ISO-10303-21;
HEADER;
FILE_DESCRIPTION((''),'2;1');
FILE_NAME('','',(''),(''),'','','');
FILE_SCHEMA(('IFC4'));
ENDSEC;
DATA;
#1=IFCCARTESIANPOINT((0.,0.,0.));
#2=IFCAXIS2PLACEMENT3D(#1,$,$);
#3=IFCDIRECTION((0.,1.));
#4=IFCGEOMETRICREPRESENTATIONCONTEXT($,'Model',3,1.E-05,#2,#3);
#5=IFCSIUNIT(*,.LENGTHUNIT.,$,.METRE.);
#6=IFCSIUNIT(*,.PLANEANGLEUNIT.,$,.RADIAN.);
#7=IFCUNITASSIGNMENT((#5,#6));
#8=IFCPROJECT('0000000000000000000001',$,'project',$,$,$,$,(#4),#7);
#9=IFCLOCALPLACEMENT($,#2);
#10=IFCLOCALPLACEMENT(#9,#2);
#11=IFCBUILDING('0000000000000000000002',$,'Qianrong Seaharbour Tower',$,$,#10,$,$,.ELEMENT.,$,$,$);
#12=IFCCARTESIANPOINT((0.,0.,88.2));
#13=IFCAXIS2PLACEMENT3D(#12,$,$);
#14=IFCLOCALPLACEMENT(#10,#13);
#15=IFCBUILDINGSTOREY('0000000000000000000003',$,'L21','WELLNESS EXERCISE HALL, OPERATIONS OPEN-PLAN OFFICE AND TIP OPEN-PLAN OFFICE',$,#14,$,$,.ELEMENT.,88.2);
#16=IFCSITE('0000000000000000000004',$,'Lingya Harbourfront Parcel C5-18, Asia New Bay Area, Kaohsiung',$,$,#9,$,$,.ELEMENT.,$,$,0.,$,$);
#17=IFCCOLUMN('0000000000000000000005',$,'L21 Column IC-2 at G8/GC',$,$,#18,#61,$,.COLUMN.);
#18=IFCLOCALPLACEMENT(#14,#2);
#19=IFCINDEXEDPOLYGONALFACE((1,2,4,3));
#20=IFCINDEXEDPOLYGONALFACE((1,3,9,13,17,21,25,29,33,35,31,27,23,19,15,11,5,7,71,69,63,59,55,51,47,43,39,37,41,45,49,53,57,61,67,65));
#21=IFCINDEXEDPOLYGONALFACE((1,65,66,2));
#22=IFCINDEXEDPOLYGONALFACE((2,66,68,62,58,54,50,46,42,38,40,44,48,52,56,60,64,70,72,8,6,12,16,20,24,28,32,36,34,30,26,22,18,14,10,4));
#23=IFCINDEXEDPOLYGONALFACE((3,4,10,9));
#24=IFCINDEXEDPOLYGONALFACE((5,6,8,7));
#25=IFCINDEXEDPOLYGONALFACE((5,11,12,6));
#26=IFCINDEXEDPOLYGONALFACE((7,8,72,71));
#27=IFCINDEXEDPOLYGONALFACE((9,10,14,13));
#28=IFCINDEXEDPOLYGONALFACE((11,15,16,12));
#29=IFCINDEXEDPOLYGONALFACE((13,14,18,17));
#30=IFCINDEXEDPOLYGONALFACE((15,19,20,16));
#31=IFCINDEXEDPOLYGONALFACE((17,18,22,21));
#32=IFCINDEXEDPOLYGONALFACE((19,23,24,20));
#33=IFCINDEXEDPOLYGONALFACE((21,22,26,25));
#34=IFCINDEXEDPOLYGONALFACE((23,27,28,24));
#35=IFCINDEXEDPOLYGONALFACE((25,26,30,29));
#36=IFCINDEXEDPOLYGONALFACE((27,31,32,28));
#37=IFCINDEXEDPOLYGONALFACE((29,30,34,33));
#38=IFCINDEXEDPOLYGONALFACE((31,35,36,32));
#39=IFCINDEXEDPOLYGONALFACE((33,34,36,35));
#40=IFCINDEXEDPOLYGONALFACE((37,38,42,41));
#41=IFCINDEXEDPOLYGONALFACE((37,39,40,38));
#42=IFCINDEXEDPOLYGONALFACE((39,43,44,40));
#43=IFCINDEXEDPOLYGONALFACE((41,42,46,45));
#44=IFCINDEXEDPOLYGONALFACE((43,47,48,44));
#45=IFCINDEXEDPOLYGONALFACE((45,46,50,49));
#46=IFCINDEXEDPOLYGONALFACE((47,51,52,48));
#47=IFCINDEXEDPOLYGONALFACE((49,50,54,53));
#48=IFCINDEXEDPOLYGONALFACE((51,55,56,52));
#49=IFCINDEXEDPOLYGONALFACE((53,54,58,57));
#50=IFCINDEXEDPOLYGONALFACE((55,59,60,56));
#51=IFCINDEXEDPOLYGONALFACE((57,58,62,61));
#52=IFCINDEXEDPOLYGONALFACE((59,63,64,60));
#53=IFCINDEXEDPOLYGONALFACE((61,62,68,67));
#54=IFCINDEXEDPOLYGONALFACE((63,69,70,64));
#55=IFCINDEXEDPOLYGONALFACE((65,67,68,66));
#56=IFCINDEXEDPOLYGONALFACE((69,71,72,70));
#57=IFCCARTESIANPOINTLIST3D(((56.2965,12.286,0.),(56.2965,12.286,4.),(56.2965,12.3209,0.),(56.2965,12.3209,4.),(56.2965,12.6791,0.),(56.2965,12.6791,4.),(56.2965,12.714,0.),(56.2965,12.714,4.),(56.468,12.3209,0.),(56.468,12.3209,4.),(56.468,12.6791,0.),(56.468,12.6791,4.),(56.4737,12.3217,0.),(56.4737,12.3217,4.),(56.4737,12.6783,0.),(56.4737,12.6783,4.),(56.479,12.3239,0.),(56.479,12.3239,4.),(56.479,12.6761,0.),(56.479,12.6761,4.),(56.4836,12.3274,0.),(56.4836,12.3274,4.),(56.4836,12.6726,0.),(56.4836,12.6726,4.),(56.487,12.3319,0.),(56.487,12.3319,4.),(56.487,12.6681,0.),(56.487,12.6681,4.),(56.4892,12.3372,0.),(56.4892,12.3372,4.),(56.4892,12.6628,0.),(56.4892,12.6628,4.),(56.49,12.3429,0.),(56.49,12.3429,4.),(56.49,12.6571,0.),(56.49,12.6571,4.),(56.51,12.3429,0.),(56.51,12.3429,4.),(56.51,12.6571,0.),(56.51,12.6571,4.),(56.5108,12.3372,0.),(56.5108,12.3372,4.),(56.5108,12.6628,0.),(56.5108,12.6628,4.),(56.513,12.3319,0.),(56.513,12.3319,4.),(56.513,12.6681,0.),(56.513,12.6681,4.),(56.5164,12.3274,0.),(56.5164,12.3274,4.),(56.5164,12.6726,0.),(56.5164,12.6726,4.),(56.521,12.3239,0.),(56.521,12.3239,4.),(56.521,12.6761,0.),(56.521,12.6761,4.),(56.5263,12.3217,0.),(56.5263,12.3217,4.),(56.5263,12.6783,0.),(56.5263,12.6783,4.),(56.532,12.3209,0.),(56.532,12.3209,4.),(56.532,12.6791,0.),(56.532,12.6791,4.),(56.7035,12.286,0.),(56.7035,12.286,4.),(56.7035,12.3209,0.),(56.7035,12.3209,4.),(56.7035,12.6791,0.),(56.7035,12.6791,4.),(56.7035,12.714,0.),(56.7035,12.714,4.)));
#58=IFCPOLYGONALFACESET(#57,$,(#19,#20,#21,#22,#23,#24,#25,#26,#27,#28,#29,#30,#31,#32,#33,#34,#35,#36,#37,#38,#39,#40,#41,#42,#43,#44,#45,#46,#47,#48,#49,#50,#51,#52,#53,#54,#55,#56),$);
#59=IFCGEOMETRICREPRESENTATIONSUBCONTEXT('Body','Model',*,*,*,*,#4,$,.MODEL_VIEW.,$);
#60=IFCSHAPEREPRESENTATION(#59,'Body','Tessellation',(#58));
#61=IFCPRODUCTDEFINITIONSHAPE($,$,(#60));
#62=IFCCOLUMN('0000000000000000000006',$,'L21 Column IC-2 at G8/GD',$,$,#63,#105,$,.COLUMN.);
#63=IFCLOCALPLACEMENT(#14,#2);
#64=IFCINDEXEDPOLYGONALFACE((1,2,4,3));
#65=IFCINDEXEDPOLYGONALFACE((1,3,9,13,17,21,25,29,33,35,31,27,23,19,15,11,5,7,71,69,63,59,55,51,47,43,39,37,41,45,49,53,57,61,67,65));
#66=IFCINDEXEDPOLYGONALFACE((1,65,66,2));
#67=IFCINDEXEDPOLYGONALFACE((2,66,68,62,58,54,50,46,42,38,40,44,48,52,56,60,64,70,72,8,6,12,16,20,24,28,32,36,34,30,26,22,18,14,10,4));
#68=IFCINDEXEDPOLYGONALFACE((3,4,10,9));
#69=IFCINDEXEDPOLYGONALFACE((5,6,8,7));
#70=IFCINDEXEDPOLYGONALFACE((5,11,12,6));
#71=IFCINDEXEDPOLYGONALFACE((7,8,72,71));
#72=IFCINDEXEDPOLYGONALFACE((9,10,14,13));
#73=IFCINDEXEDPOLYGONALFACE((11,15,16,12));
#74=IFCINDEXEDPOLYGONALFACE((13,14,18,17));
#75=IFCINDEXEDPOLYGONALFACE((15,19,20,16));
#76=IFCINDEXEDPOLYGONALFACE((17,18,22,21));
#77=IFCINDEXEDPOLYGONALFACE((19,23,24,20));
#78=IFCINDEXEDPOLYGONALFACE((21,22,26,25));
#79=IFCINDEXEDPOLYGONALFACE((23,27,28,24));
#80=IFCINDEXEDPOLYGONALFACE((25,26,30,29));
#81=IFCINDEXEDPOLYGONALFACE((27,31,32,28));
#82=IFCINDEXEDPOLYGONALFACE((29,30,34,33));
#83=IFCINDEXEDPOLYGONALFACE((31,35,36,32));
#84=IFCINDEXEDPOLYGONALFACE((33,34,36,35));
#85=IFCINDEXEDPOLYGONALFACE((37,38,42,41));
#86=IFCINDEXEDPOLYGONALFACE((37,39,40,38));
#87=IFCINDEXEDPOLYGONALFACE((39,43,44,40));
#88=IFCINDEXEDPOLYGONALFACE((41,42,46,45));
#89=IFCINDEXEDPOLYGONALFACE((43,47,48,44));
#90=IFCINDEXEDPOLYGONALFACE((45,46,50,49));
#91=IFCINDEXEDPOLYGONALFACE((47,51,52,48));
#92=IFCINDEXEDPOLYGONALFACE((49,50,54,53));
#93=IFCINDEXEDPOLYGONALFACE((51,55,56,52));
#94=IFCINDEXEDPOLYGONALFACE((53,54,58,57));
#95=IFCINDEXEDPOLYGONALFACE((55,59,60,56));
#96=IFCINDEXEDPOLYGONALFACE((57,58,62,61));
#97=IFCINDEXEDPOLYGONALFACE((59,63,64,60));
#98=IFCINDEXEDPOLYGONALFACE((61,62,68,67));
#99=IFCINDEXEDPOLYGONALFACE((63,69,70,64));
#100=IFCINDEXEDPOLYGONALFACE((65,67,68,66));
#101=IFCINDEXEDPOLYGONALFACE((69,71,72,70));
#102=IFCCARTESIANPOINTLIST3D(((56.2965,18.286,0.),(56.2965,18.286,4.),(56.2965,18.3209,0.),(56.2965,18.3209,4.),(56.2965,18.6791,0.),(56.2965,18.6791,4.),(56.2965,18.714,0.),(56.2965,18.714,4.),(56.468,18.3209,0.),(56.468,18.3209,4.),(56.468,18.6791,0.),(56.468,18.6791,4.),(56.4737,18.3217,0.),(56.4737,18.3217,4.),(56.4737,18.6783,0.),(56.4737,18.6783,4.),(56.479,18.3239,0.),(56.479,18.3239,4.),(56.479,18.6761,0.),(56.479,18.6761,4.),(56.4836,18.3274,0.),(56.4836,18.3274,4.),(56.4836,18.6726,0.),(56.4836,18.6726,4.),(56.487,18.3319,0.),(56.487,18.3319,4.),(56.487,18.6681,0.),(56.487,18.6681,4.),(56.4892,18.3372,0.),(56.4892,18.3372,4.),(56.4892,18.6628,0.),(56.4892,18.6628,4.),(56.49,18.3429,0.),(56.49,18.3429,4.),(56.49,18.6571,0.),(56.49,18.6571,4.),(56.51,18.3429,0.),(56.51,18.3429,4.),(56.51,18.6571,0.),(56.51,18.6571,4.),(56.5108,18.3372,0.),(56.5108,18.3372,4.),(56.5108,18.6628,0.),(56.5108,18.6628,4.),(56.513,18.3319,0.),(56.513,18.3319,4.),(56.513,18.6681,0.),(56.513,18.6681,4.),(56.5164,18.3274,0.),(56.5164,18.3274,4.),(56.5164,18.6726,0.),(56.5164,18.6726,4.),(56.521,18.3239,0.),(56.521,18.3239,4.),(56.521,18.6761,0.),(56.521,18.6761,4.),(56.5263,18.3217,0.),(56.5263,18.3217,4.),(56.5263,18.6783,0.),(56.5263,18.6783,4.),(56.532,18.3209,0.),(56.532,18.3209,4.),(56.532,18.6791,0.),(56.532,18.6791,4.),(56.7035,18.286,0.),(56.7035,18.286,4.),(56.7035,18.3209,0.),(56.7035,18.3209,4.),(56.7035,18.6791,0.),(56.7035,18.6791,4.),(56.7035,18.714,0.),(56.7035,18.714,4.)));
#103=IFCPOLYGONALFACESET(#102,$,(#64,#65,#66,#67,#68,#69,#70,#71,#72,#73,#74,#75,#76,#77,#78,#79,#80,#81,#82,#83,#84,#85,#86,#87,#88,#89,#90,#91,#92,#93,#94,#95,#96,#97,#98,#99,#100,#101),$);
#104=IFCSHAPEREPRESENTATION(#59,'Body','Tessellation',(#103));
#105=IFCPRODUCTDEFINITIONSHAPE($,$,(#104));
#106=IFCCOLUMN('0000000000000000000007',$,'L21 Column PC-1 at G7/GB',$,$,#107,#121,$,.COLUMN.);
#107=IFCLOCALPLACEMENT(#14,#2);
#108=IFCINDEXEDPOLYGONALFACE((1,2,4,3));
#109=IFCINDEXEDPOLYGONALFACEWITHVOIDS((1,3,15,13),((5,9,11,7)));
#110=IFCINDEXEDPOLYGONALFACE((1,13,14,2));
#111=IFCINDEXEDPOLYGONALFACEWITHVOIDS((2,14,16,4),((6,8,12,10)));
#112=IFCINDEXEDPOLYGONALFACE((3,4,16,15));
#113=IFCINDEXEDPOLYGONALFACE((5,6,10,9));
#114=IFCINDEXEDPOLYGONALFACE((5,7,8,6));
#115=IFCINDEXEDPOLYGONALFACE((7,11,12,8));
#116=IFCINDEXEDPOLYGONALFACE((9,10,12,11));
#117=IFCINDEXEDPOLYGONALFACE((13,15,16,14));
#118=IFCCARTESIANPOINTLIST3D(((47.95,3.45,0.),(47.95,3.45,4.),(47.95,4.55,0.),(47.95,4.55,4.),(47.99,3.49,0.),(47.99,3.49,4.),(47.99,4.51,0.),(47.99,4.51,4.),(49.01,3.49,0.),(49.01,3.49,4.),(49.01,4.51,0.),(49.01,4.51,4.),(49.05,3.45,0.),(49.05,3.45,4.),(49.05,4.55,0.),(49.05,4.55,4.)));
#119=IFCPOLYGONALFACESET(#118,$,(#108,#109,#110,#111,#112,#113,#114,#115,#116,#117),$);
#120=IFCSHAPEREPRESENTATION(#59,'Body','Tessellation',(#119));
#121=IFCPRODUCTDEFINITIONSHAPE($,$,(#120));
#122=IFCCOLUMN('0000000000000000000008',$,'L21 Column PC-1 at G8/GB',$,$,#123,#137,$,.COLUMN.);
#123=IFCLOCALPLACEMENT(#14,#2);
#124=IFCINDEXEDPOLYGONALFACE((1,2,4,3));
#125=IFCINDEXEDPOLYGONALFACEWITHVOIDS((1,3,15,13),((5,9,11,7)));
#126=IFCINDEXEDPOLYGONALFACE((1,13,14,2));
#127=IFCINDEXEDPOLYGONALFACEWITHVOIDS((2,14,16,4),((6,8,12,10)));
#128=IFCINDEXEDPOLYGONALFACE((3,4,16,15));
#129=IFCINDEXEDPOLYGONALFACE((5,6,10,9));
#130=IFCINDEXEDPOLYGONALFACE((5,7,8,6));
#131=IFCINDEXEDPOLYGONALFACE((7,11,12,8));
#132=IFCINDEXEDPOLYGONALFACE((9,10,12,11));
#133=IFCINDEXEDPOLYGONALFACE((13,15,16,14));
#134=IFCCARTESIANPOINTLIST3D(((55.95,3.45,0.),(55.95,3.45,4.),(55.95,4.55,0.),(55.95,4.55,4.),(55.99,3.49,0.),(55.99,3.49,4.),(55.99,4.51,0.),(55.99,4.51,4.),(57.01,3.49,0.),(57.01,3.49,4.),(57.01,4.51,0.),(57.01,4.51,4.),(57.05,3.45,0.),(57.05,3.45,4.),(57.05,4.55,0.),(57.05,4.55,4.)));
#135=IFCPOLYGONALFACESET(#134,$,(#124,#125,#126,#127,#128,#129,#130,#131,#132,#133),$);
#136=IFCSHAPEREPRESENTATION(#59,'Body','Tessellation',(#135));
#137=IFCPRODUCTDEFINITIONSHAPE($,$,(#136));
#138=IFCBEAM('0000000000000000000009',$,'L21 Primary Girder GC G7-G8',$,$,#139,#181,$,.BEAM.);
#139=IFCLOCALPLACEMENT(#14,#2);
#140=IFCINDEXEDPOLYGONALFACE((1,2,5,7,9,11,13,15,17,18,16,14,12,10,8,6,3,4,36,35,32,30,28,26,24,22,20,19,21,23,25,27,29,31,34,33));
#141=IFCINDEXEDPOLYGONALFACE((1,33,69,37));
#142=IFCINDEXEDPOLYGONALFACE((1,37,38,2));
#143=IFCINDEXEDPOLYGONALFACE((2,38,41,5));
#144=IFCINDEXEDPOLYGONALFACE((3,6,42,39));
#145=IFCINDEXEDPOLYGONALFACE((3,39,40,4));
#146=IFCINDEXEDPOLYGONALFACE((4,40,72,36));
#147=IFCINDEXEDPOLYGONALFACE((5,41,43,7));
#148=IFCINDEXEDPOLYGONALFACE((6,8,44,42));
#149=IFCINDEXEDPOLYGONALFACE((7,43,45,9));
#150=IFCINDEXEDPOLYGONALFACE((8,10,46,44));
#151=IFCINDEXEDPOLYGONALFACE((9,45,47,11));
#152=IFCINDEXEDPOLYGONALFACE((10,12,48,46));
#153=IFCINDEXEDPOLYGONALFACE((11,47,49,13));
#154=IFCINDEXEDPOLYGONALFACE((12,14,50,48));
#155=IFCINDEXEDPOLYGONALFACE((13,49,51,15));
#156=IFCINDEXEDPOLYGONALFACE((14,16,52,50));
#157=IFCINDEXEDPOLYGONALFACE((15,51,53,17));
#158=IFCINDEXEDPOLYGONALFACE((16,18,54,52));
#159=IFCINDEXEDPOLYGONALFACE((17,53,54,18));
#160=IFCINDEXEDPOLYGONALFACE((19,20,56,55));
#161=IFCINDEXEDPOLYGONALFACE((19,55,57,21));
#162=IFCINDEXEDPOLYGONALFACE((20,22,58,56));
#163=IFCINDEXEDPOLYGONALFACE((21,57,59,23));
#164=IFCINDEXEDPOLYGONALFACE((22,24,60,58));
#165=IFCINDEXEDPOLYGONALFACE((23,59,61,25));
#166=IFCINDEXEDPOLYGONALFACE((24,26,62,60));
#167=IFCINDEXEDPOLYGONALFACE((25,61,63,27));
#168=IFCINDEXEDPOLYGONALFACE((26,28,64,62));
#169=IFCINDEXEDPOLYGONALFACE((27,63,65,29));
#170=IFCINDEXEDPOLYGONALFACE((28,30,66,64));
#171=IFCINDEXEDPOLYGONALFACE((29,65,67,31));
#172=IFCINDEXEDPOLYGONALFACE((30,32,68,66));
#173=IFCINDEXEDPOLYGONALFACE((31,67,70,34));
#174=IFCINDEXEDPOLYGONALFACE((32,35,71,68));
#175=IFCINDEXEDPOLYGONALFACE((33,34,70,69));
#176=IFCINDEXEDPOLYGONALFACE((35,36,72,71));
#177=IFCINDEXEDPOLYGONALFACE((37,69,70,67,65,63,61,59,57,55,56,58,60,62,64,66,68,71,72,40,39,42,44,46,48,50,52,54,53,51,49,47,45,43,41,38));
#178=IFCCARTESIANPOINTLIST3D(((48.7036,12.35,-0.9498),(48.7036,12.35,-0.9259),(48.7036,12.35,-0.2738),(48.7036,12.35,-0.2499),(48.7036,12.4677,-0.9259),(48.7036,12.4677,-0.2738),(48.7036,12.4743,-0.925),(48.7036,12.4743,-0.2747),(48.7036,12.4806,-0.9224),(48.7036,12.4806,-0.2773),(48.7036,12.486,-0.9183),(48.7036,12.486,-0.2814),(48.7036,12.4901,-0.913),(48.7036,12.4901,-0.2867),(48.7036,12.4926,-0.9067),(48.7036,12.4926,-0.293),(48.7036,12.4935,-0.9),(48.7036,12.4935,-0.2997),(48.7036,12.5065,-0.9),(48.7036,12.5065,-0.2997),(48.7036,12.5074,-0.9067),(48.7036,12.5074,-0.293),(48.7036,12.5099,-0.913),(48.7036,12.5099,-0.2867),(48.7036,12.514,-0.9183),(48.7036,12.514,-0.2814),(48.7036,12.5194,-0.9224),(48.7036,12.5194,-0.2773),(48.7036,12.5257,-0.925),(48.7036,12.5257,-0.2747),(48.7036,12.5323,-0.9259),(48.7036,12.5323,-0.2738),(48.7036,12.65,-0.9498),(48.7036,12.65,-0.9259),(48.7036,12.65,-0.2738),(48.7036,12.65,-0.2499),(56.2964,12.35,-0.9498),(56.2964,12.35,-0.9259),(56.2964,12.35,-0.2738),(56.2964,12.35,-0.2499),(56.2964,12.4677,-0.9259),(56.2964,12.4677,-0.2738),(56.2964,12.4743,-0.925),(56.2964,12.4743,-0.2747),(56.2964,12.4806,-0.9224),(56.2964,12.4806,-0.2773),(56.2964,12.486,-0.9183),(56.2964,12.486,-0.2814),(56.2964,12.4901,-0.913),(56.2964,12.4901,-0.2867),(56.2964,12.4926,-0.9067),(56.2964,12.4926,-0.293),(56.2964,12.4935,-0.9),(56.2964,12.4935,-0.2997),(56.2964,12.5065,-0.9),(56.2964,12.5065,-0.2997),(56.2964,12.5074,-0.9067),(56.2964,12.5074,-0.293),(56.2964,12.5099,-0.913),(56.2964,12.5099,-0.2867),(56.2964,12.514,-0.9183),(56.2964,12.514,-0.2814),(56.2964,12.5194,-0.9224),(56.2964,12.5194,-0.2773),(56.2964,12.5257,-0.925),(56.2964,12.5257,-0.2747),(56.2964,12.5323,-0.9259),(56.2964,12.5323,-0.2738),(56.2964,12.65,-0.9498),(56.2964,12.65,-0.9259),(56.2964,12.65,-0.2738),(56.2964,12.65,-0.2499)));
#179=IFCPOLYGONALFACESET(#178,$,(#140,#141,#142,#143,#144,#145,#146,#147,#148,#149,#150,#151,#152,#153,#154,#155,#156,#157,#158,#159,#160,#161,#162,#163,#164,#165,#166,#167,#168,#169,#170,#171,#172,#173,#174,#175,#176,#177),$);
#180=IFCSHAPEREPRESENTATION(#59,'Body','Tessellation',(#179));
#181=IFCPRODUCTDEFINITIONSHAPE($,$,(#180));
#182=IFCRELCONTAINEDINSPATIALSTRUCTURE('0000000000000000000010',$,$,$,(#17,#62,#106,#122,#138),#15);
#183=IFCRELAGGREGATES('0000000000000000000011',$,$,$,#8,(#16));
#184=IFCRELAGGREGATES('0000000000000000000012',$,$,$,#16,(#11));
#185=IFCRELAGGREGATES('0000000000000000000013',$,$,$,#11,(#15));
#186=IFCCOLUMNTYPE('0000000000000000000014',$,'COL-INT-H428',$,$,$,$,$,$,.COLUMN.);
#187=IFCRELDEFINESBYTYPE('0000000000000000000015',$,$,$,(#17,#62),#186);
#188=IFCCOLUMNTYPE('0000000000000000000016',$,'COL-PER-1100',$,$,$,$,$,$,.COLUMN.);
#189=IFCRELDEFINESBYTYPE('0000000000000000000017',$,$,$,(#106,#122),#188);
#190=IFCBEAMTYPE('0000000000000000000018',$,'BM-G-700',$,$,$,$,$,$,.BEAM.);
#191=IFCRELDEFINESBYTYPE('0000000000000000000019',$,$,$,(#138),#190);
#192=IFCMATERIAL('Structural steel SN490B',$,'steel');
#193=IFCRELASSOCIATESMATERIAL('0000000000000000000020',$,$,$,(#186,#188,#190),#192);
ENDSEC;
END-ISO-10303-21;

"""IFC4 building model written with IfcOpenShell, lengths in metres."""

from ifc_helpers import new_model, si_unit, direction, frame, origin, origin_2d, place, context, subcontext, project, spatial, hollow_rectangle, i_section, extrude, material, material_profile, profile_set, type_object, element, save


model = new_model("IFC4")

# Units and contexts
model_context = context("Model", 3, precision=1e-05, world=origin(), true_north=direction((0.0, 1.0)))
body_context = subcontext(model_context, "Body", "Model", "MODEL_VIEW")
ifc_project = project(units=[si_unit("LENGTHUNIT", "METRE"), si_unit("PLANEANGLEUNIT", "RADIAN")], contexts=[model_context])

# Site, building, storey
site_placement = place(None, origin())
site = spatial("IfcSite", under=ifc_project, at=site_placement, Name="Lingya Harbourfront Parcel C5-18, Asia New Bay Area, Kaohsiung", CompositionType="ELEMENT", RefElevation=0.0)
building_placement = place(site_placement, origin())
building = spatial("IfcBuilding", under=site, at=building_placement, Name="Qianrong Seaharbour Tower", CompositionType="ELEMENT")
storey_placement = place(building_placement, frame((0.0, 0.0, 88.2)))
storey = spatial("IfcBuildingStorey", under=building, at=storey_placement, Name="L21", Description="WELLNESS EXERCISE HALL, OPERATIONS OPEN-PLAN OFFICE AND TIP OPEN-PLAN OFFICE", CompositionType="ELEMENT", Elevation=88.2)

# Columns
ifc_material_1 = material(Name="Structural steel SN490B", Category="steel")
ifc_material_profile_1 = material_profile(ifc_material_1, i_section(OverallWidth=0.407, OverallDepth=0.428, WebThickness=0.02, FlangeThickness=0.0349, FilletRadius=0.022, at=origin_2d()), Name="H428x407x20x35")
ifc_profile_set_1 = profile_set([ifc_material_profile_1], Name="Structural steel SN490B")
column_type_1 = type_object("IfcColumnType", Name="COL-INT-H428", PredefinedType="COLUMN", material=ifc_profile_set_1)
for number, where, z_axis, x_axis, name in (
    (1, (56.5, 12.5, 0.0), (0.0, 0.0, 1.0), (1.0, 0.0, 0.0), "L21 Column IC-2 at G8/GC"),
    (2, (56.5, 18.5, 0.0), (0.0, 0.0, 1.0), (1.0, 0.0, 0.0), "L21 Column IC-2 at G8/GD"),
):
    element("IfcColumn", number, at=place(storey_placement, frame(where, z_axis=z_axis, x_axis=x_axis)), inside=storey, type_object=column_type_1, Name=name, PredefinedType="COLUMN", context=body_context, shape_type="SweptSolid", body=[
        extrude(i_section(OverallWidth=0.407, OverallDepth=0.428, WebThickness=0.02, FlangeThickness=0.0349, FilletRadius=0.022, at=origin_2d()), origin(), (0.0, 0.0, 1.0), 4.0),
    ])
ifc_material_profile_2 = material_profile(ifc_material_1, hollow_rectangle(XDim=1.1001, YDim=1.1001, WallThickness=0.04, at=origin_2d()), Name="BOX1100x1100x40")
ifc_profile_set_2 = profile_set([ifc_material_profile_2], Name="Structural steel SN490B")
column_type_2 = type_object("IfcColumnType", Name="COL-PER-1100", PredefinedType="COLUMN", material=ifc_profile_set_2)
for number, where, z_axis, x_axis, name in (
    (3, (48.5, 4.0, 0.0), (0.0, 0.0, 1.0), (1.0, 0.0, 0.0), "L21 Column PC-1 at G7/GB"),
    (4, (56.5, 4.0, 0.0), (0.0, 0.0, 1.0), (1.0, 0.0, 0.0), "L21 Column PC-1 at G8/GB"),
):
    element("IfcColumn", number, at=place(storey_placement, frame(where, z_axis=z_axis, x_axis=x_axis)), inside=storey, type_object=column_type_2, Name=name, PredefinedType="COLUMN", context=body_context, shape_type="SweptSolid", body=[
        extrude(hollow_rectangle(XDim=1.1001, YDim=1.1001, WallThickness=0.04, at=origin_2d()), origin(), (0.0, 0.0, 1.0), 4.0),
    ])

# Beam
ifc_material_profile_3 = material_profile(ifc_material_1, i_section(OverallWidth=0.3, OverallDepth=0.7, WebThickness=0.0129, FlangeThickness=0.0239, FilletRadius=0.0259, at=origin_2d()), Name="H700x300x13x24")
ifc_profile_set_3 = profile_set([ifc_material_profile_3], Name="Structural steel SN490B")
beam_type_1 = type_object("IfcBeamType", Name="BM-G-700", PredefinedType="BEAM", material=ifc_profile_set_3)
beam_1_placement = place(storey_placement, frame((48.7036, 12.5, -0.5999), z_axis=(1.0, 0.0, 0.0), x_axis=(0.0, 1.0, 0.0)))
element("IfcBeam", 5, at=beam_1_placement, inside=storey, type_object=beam_type_1, Name="L21 Primary Girder GC G7-G8", PredefinedType="BEAM", context=body_context, shape_type="SweptSolid", body=[
    extrude(i_section(OverallWidth=0.3, OverallDepth=0.7, WebThickness=0.0129, FlangeThickness=0.0239, FilletRadius=0.0259, at=origin_2d()), origin(), (0.0, 0.0, 1.0), 7.5928),
])

save(model, "model.ifc")
